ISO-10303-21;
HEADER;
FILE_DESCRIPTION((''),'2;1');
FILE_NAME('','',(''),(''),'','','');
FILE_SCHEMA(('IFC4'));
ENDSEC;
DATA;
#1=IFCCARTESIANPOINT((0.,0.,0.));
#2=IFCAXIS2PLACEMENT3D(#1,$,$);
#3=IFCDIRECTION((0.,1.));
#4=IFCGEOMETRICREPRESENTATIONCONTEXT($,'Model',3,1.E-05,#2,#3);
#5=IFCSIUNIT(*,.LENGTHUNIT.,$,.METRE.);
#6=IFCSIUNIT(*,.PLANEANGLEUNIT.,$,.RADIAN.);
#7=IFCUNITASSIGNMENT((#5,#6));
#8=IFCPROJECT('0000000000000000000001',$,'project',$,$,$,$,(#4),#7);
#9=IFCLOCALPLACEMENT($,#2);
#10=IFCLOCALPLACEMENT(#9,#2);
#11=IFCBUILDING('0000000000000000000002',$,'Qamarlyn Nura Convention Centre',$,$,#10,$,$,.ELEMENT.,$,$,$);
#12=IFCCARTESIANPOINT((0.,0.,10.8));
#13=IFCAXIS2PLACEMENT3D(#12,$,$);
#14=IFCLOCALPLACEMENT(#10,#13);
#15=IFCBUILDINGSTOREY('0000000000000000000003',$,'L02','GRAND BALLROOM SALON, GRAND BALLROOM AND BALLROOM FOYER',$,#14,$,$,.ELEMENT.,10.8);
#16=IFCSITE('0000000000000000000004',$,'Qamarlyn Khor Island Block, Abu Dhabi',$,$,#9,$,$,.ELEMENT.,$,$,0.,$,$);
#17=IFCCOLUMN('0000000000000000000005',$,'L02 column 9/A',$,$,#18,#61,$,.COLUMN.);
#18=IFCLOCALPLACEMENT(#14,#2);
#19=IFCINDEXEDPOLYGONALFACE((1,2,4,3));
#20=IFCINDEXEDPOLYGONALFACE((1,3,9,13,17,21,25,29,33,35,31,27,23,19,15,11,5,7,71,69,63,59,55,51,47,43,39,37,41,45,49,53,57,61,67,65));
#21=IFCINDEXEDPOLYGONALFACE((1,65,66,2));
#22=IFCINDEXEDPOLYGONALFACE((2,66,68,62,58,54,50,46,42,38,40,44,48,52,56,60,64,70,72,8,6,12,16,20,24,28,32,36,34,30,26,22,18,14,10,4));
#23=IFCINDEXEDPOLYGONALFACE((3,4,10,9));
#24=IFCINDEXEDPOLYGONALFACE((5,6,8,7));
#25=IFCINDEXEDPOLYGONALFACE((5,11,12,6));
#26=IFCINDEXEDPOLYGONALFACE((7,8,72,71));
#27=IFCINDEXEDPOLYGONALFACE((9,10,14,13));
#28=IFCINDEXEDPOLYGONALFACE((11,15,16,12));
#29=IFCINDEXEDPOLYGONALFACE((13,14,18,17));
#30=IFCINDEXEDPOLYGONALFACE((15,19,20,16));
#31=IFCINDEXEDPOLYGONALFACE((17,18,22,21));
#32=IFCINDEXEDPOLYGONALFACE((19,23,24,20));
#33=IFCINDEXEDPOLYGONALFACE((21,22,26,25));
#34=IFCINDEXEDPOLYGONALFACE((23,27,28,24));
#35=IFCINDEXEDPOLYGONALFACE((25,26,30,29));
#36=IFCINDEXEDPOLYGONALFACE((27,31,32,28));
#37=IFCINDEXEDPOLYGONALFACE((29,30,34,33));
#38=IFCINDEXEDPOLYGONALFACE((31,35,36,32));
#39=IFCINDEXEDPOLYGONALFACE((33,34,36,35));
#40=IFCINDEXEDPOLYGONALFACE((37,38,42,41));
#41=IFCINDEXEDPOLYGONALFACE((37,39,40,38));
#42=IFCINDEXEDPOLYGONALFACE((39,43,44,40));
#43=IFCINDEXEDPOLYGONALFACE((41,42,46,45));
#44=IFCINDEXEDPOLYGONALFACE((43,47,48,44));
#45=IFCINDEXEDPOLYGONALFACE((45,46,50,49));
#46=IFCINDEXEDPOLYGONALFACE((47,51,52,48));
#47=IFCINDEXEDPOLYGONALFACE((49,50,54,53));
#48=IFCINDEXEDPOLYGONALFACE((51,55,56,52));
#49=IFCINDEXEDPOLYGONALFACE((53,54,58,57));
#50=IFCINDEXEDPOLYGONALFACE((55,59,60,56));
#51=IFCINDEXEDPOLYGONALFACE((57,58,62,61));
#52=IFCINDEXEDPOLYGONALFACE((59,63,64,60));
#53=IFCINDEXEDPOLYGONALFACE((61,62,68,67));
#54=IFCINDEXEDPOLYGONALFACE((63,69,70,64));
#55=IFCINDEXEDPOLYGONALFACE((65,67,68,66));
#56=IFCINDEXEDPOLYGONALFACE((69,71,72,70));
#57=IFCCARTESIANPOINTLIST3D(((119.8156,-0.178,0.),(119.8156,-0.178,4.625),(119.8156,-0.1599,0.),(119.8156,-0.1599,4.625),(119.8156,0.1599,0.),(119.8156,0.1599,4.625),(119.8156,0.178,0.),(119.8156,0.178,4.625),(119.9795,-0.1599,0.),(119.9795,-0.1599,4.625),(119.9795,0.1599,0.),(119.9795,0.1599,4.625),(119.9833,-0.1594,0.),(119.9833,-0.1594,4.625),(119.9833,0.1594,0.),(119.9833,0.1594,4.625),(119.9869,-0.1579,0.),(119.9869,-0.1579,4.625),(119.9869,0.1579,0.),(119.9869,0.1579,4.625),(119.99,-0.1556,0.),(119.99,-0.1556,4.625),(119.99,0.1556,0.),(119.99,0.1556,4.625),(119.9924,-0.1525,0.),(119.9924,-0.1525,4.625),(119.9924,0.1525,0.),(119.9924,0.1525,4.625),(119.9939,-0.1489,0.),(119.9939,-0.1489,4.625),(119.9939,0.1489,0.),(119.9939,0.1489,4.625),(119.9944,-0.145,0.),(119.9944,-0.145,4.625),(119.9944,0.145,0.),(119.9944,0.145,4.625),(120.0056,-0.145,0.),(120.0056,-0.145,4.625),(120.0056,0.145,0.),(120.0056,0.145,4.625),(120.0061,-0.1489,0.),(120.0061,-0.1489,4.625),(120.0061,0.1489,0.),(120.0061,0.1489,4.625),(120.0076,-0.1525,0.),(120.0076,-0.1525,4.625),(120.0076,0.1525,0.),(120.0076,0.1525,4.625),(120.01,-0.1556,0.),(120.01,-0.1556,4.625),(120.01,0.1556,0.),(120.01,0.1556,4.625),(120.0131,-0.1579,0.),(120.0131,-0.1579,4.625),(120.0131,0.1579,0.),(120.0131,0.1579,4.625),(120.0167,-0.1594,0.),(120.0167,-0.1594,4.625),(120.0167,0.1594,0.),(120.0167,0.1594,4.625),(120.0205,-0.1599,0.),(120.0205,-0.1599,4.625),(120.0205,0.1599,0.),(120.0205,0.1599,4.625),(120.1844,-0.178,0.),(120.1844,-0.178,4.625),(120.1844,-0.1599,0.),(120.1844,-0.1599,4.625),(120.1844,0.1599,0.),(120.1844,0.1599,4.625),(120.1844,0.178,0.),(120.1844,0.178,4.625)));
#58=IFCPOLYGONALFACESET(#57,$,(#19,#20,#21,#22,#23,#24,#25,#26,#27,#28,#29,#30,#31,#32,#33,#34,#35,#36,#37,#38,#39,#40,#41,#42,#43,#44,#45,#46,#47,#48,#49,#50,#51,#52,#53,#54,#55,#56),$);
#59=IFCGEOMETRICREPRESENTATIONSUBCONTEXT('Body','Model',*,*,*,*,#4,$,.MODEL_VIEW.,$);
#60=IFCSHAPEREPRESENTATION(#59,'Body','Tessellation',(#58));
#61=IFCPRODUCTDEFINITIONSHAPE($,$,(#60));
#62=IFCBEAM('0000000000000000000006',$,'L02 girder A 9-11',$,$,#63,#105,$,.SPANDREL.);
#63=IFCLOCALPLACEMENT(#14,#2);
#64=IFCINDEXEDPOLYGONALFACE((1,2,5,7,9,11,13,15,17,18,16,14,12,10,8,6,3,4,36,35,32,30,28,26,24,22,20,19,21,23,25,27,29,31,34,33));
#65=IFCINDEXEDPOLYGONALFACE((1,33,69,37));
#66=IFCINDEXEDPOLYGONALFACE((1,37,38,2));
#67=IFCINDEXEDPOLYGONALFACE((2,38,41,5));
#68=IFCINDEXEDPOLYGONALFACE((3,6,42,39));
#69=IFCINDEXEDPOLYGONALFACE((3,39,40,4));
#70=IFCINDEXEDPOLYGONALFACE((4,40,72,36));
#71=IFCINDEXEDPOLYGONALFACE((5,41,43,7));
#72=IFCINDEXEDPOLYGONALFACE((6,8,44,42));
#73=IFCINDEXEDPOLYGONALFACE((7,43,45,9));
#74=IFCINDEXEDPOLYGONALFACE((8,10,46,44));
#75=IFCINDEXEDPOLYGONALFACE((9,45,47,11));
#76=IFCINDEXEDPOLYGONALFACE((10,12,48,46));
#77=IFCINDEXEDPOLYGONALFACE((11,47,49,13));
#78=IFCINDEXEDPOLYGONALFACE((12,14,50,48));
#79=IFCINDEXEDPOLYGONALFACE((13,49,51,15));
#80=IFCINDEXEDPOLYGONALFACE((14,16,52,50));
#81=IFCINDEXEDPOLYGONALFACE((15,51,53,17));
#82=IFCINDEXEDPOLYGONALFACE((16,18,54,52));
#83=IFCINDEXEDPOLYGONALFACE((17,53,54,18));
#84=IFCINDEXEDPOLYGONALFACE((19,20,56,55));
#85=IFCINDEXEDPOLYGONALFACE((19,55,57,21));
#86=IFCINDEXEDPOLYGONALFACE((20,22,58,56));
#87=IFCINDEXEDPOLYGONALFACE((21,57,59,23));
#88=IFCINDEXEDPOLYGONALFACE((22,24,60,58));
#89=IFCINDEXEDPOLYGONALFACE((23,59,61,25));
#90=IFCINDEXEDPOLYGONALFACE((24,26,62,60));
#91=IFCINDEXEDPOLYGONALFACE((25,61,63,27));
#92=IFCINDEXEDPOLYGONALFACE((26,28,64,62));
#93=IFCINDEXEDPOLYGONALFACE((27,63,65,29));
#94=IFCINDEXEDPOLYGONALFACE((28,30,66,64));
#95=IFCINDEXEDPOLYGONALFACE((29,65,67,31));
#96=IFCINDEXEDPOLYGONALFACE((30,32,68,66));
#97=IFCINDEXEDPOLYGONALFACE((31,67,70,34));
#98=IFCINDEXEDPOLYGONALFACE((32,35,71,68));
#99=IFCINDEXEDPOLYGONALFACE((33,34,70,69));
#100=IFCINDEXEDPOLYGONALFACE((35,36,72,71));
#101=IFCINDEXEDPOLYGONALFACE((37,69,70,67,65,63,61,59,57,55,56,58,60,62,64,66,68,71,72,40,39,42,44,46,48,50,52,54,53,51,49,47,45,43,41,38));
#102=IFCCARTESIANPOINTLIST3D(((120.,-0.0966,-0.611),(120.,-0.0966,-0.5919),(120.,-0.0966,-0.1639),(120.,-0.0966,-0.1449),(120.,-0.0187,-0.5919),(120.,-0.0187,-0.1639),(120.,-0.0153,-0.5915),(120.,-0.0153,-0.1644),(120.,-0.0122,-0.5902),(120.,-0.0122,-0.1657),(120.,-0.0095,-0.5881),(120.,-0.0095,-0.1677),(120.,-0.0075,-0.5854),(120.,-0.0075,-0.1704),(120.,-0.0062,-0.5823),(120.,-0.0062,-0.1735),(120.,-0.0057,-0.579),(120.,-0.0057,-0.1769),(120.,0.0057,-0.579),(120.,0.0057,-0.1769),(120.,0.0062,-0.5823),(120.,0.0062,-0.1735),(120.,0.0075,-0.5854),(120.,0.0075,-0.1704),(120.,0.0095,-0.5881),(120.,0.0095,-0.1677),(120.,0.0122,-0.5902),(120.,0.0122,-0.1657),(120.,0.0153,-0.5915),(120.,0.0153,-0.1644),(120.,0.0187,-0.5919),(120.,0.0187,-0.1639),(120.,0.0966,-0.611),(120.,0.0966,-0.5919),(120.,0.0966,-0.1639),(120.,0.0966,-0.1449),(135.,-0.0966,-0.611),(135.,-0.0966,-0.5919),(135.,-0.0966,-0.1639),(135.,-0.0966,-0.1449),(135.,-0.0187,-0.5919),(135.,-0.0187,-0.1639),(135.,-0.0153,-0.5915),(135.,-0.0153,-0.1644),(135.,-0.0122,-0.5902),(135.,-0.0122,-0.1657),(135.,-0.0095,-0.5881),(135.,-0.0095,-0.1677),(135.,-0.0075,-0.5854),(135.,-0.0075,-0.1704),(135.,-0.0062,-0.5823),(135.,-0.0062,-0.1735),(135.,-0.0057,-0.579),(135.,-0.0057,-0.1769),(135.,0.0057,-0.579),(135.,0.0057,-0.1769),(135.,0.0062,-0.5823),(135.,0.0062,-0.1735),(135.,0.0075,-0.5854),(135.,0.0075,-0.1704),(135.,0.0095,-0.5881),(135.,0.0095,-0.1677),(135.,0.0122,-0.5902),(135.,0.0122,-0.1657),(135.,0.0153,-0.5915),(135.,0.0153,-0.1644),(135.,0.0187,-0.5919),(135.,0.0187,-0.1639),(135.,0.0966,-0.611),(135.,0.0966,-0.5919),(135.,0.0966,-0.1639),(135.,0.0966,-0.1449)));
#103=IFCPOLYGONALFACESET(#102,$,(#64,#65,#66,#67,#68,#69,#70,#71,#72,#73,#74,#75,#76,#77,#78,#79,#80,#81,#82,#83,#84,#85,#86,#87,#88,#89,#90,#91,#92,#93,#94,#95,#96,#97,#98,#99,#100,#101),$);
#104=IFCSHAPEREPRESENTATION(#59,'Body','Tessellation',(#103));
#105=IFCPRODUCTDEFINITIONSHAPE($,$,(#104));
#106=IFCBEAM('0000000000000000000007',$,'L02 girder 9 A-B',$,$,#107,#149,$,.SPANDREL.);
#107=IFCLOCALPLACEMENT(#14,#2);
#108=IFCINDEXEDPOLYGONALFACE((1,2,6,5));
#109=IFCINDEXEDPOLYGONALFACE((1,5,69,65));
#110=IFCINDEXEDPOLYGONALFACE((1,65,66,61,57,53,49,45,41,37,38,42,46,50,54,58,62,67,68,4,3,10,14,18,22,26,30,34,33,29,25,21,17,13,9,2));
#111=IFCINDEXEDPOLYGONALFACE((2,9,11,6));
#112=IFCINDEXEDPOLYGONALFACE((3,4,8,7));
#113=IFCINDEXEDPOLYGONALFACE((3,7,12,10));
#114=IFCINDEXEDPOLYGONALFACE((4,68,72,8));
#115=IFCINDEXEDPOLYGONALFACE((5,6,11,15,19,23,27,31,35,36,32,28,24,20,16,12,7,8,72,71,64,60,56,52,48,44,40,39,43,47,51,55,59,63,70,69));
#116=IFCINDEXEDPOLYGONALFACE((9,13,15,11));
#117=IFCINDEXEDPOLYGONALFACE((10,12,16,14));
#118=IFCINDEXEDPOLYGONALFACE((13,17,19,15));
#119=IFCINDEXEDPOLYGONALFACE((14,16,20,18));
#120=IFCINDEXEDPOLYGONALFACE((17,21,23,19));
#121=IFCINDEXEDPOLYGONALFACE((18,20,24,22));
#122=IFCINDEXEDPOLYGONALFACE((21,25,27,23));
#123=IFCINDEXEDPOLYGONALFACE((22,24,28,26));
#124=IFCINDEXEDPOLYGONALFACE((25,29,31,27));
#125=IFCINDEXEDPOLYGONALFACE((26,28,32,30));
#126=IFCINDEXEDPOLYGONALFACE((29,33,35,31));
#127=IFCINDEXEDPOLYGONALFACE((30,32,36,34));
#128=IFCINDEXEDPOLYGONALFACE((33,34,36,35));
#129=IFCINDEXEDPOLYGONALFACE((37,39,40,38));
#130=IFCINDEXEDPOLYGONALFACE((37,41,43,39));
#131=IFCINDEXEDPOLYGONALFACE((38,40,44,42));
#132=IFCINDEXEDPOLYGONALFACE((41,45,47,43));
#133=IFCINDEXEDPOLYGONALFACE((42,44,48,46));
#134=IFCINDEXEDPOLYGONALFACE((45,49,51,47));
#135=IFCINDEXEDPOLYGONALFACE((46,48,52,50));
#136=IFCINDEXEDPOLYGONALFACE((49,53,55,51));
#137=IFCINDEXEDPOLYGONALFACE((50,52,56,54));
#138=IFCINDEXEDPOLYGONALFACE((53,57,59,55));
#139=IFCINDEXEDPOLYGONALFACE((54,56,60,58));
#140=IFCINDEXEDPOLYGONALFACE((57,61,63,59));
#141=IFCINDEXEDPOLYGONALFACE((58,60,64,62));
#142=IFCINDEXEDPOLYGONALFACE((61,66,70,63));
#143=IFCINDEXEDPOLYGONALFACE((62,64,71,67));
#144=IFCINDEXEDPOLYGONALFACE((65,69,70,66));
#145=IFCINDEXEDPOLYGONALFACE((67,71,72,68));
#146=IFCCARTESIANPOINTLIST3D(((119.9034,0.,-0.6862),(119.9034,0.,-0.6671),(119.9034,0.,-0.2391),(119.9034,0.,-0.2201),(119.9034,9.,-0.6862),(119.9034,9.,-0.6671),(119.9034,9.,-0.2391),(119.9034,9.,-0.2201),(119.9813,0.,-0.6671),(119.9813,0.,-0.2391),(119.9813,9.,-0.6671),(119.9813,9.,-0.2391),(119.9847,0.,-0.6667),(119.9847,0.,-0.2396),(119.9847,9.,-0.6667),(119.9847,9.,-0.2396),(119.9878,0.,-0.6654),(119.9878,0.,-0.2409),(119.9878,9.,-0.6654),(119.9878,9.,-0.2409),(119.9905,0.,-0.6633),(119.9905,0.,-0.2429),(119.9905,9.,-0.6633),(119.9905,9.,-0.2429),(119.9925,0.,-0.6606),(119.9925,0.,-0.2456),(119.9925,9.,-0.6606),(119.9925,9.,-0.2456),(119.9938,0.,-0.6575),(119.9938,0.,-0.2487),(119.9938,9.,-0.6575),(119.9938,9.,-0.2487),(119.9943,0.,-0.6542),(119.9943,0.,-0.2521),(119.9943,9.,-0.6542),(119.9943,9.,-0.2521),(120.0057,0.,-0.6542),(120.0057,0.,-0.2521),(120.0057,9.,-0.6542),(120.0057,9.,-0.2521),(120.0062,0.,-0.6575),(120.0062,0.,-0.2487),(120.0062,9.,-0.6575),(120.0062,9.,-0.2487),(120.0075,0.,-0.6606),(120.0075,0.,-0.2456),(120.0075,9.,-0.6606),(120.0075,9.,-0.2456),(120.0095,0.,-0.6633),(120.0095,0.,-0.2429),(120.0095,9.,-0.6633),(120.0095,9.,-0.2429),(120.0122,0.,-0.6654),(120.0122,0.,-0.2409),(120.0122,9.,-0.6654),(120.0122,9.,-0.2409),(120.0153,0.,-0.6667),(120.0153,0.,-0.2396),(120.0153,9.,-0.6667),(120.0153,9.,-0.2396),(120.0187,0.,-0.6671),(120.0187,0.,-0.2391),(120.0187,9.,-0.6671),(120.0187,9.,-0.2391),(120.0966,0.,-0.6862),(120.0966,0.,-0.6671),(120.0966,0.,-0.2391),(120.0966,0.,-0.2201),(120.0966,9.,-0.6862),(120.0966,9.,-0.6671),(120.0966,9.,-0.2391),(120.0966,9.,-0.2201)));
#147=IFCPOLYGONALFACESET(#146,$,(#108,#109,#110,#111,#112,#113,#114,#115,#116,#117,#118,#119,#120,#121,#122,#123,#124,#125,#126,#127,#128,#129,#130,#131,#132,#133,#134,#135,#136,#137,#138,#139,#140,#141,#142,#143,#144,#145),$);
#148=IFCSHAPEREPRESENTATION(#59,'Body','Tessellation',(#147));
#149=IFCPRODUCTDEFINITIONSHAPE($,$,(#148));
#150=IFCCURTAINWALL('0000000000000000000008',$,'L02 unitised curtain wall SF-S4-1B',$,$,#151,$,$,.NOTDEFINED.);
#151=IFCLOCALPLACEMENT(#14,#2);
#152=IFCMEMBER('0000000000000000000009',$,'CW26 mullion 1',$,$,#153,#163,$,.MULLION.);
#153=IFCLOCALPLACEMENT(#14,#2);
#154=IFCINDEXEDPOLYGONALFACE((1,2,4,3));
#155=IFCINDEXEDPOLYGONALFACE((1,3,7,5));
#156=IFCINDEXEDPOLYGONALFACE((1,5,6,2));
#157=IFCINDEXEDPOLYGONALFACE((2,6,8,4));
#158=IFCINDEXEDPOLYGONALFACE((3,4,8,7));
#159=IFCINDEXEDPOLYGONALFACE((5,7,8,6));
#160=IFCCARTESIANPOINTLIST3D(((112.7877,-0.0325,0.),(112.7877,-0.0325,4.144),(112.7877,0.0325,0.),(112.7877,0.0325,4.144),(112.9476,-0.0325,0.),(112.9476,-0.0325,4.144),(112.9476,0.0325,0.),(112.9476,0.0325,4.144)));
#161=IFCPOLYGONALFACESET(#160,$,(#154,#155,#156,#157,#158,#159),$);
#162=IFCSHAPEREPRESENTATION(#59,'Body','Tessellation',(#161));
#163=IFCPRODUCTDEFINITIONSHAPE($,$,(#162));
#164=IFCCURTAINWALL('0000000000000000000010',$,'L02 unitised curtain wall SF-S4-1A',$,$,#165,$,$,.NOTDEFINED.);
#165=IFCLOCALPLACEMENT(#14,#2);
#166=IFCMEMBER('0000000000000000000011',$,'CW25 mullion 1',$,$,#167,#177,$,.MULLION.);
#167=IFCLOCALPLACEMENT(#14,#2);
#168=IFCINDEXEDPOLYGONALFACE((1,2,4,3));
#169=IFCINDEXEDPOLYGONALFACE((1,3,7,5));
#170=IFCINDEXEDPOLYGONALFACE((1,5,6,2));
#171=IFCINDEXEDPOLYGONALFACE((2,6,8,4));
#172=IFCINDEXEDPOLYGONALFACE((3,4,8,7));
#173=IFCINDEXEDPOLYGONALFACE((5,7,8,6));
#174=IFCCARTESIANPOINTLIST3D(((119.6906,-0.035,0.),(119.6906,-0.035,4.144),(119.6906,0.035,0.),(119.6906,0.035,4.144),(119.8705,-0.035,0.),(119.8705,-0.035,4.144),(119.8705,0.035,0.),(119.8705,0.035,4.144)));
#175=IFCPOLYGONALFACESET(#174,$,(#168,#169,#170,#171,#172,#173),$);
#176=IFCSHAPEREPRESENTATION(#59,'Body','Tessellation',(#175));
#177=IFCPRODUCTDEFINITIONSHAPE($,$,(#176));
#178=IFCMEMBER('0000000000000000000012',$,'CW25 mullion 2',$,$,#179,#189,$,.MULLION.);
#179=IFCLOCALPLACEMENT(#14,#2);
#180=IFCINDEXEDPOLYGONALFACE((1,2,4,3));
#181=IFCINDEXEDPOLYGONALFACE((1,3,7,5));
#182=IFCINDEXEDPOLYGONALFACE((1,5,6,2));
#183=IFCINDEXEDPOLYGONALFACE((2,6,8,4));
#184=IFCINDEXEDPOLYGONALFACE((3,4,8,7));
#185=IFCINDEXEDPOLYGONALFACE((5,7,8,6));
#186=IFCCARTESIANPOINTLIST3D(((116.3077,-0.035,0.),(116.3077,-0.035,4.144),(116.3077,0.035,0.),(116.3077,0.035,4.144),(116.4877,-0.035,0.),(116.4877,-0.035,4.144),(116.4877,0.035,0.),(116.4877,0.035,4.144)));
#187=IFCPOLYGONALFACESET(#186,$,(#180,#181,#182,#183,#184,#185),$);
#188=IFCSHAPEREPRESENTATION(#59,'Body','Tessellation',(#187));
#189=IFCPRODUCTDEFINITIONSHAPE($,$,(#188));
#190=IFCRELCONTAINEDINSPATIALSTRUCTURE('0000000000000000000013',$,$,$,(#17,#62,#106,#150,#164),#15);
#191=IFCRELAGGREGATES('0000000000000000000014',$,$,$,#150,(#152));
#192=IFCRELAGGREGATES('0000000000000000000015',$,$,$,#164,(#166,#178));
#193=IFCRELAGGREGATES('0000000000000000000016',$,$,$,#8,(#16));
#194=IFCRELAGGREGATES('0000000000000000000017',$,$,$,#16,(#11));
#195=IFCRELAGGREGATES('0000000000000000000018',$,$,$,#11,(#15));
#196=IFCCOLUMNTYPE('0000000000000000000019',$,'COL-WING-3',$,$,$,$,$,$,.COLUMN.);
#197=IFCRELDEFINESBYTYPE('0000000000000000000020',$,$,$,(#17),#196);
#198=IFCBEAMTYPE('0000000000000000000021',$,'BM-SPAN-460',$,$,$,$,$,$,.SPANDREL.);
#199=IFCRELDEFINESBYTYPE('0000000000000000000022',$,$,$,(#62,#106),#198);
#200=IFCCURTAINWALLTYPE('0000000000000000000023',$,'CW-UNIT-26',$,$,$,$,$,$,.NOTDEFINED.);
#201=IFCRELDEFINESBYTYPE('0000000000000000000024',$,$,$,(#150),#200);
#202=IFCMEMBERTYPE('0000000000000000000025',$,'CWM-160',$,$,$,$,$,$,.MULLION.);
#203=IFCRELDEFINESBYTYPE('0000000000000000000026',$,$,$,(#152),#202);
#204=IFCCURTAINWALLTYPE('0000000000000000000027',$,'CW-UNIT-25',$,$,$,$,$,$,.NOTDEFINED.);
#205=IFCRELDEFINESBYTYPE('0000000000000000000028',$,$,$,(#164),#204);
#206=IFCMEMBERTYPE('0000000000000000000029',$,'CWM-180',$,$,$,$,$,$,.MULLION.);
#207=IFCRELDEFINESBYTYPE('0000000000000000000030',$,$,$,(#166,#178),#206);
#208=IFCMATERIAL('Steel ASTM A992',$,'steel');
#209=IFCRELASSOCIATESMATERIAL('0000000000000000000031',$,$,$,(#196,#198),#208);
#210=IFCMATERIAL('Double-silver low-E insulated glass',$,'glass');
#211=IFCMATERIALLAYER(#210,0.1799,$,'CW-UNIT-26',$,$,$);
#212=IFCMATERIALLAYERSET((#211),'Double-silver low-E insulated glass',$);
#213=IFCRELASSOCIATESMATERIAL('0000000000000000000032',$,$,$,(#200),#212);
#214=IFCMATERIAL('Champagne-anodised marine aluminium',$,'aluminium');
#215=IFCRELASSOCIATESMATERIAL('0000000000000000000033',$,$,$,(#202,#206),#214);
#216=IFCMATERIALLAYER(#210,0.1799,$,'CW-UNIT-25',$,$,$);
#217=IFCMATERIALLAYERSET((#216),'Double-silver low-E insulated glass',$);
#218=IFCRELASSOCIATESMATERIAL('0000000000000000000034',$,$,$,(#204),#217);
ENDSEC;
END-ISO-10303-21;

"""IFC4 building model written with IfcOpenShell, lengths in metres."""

from ifc_helpers import new_model, si_unit, direction, frame, origin, origin_2d, place, context, subcontext, project, spatial, rectangle, i_section, extrude, material, layer, layer_set, material_profile, profile_set, type_object, element, aggregate, save


model = new_model("IFC4")

# Units and contexts
model_context = context("Model", 3, precision=1e-05, world=origin(), true_north=direction((0.0, 1.0)))
body_context = subcontext(model_context, "Body", "Model", "MODEL_VIEW")
ifc_project = project(units=[si_unit("LENGTHUNIT", "METRE"), si_unit("PLANEANGLEUNIT", "RADIAN")], contexts=[model_context])

# Site, building, storey
site_placement = place(None, origin())
site = spatial("IfcSite", under=ifc_project, at=site_placement, Name="Qamarlyn Khor Island Block, Abu Dhabi", CompositionType="ELEMENT", RefElevation=0.0)
building_placement = place(site_placement, origin())
building = spatial("IfcBuilding", under=site, at=building_placement, Name="Qamarlyn Nura Convention Centre", CompositionType="ELEMENT")
storey_placement = place(building_placement, frame((0.0, 0.0, 10.8)))
storey = spatial("IfcBuildingStorey", under=building, at=storey_placement, Name="L02", Description="GRAND BALLROOM SALON, GRAND BALLROOM AND BALLROOM FOYER", CompositionType="ELEMENT", Elevation=10.8)

# Column
ifc_material_1 = material(Name="Steel ASTM A992", Category="steel")
ifc_material_profile_1 = material_profile(ifc_material_1, i_section(OverallWidth=0.3689, OverallDepth=0.356, WebThickness=0.0112, FlangeThickness=0.0181, FilletRadius=0.0149, at=origin_2d()), Name="W360X134")
ifc_profile_set_1 = profile_set([ifc_material_profile_1], Name="Steel ASTM A992")
column_type = type_object("IfcColumnType", Name="COL-WING-3", PredefinedType="COLUMN", material=ifc_profile_set_1)
column_placement = place(storey_placement, frame((120.0, 0.0, 0.0), z_axis=(0.0, 0.0, 1.0), x_axis=(1.0, 0.0, 0.0)))
element("IfcColumn", 1, at=column_placement, inside=storey, type_object=column_type, Name="L02 column 9/A", PredefinedType="COLUMN", context=body_context, shape_type="SweptSolid", body=[
    extrude(i_section(OverallWidth=0.3689, OverallDepth=0.356, WebThickness=0.0112, FlangeThickness=0.0181, FilletRadius=0.0149, at=origin_2d()), origin(), (0.0, 0.0, 1.0), 4.625),
])

# Beams
ifc_material_profile_2 = material_profile(ifc_material_1, i_section(OverallWidth=0.1931, OverallDepth=0.4661, WebThickness=0.0115, FlangeThickness=0.019, FilletRadius=0.0129, at=origin_2d()), Name="W460X97")
ifc_profile_set_2 = profile_set([ifc_material_profile_2], Name="Steel ASTM A992")
beam_type = type_object("IfcBeamType", Name="BM-SPAN-460", PredefinedType="SPANDREL", material=ifc_profile_set_2)
beam_1_placement = place(storey_placement, frame((120.0, 0.0, -0.3779), z_axis=(1.0, 0.0, 0.0), x_axis=(0.0, 1.0, 0.0)))
element("IfcBeam", 2, at=beam_1_placement, inside=storey, type_object=beam_type, Name="L02 girder A 9-11", PredefinedType="SPANDREL", context=body_context, shape_type="SweptSolid", body=[
    extrude(i_section(OverallWidth=0.1931, OverallDepth=0.4661, WebThickness=0.0115, FlangeThickness=0.019, FilletRadius=0.0129, at=origin_2d()), origin(), (0.0, 0.0, 1.0), 15.0),
])
beam_2_placement = place(storey_placement, frame((120.0, 0.0, -0.4531), z_axis=(0.0, 1.0, 0.0), x_axis=(-1.0, 0.0, 0.0)))
element("IfcBeam", 3, at=beam_2_placement, inside=storey, type_object=beam_type, Name="L02 girder 9 A-B", PredefinedType="SPANDREL", context=body_context, shape_type="SweptSolid", body=[
    extrude(i_section(OverallWidth=0.1931, OverallDepth=0.4661, WebThickness=0.0115, FlangeThickness=0.019, FilletRadius=0.0129, at=origin_2d()), origin(), (0.0, 0.0, 1.0), 9.0),
])

# Curtain wall, member
ifc_material_2 = material(Name="Double-silver low-E insulated glass", Category="glass")
ifc_layer_1 = layer(ifc_material_2, 0.1799, Name="CW-UNIT-26")
ifc_layer_set_1 = layer_set([ifc_layer_1], Name="Double-silver low-E insulated glass")
curtain_wall_type_1 = type_object("IfcCurtainWallType", Name="CW-UNIT-26", PredefinedType="NOTDEFINED", material=ifc_layer_set_1)
curtain_wall_1_placement = place(storey_placement, origin())
curtain_wall_1 = element("IfcCurtainWall", 4, at=curtain_wall_1_placement, inside=storey, type_object=curtain_wall_type_1, Name="L02 unitised curtain wall SF-S4-1B", PredefinedType="NOTDEFINED")
ifc_material_3 = material(Name="Champagne-anodised marine aluminium", Category="aluminium")
ifc_material_profile_3 = material_profile(ifc_material_3, rectangle(XDim=0.0649, YDim=0.1599, at=origin_2d()), Name="ALU MULLION 65x160")
ifc_profile_set_3 = profile_set([ifc_material_profile_3], Name="Champagne-anodised marine aluminium")
member_type_1 = type_object("IfcMemberType", Name="CWM-160", PredefinedType="MULLION", material=ifc_profile_set_3)
member_1_placement = place(storey_placement, frame((112.8677, 0.0, 0.0), z_axis=(0.0, 0.0, 1.0), x_axis=(0.0, -1.0, 0.0)))
member_1 = element("IfcMember", 5, at=member_1_placement, type_object=member_type_1, Name="CW26 mullion 1", PredefinedType="MULLION", context=body_context, shape_type="SweptSolid", body=[
    extrude(rectangle(XDim=0.0649, YDim=0.1599, at=origin_2d()), origin(), (0.0, 0.0, 1.0), 4.144),
])

# Curtain wall, members
ifc_layer_2 = layer(ifc_material_2, 0.1799, Name="CW-UNIT-25")
ifc_layer_set_2 = layer_set([ifc_layer_2], Name="Double-silver low-E insulated glass")
curtain_wall_type_2 = type_object("IfcCurtainWallType", Name="CW-UNIT-25", PredefinedType="NOTDEFINED", material=ifc_layer_set_2)
curtain_wall_2_placement = place(storey_placement, origin())
curtain_wall_2 = element("IfcCurtainWall", 6, at=curtain_wall_2_placement, inside=storey, type_object=curtain_wall_type_2, Name="L02 unitised curtain wall SF-S4-1A", PredefinedType="NOTDEFINED")
ifc_material_profile_4 = material_profile(ifc_material_3, rectangle(XDim=0.0701, YDim=0.1799, at=origin_2d()), Name="ALU MULLION 70x180")
ifc_profile_set_4 = profile_set([ifc_material_profile_4], Name="Champagne-anodised marine aluminium")
member_type_2 = type_object("IfcMemberType", Name="CWM-180", PredefinedType="MULLION", material=ifc_profile_set_4)
member_2_placement = place(storey_placement, frame((119.7805, 0.0, 0.0), z_axis=(0.0, 0.0, 1.0), x_axis=(0.0, -1.0, 0.0)))
member_2 = element("IfcMember", 7, at=member_2_placement, type_object=member_type_2, Name="CW25 mullion 1", PredefinedType="MULLION", context=body_context, shape_type="SweptSolid", body=[
    extrude(rectangle(XDim=0.0701, YDim=0.1799, at=origin_2d()), origin(), (0.0, 0.0, 1.0), 4.144),
])
member_3_placement = place(storey_placement, frame((116.3977, 0.0, 0.0), z_axis=(0.0, 0.0, 1.0), x_axis=(0.0, -1.0, 0.0)))
member_3 = element("IfcMember", 8, at=member_3_placement, type_object=member_type_2, Name="CW25 mullion 2", PredefinedType="MULLION", context=body_context, shape_type="SweptSolid", body=[
    extrude(rectangle(XDim=0.0701, YDim=0.1799, at=origin_2d()), origin(), (0.0, 0.0, 1.0), 4.144),
])

aggregate(curtain_wall_1, [member_1])

aggregate(curtain_wall_2, [member_2, member_3])

save(model, "model.ifc")
